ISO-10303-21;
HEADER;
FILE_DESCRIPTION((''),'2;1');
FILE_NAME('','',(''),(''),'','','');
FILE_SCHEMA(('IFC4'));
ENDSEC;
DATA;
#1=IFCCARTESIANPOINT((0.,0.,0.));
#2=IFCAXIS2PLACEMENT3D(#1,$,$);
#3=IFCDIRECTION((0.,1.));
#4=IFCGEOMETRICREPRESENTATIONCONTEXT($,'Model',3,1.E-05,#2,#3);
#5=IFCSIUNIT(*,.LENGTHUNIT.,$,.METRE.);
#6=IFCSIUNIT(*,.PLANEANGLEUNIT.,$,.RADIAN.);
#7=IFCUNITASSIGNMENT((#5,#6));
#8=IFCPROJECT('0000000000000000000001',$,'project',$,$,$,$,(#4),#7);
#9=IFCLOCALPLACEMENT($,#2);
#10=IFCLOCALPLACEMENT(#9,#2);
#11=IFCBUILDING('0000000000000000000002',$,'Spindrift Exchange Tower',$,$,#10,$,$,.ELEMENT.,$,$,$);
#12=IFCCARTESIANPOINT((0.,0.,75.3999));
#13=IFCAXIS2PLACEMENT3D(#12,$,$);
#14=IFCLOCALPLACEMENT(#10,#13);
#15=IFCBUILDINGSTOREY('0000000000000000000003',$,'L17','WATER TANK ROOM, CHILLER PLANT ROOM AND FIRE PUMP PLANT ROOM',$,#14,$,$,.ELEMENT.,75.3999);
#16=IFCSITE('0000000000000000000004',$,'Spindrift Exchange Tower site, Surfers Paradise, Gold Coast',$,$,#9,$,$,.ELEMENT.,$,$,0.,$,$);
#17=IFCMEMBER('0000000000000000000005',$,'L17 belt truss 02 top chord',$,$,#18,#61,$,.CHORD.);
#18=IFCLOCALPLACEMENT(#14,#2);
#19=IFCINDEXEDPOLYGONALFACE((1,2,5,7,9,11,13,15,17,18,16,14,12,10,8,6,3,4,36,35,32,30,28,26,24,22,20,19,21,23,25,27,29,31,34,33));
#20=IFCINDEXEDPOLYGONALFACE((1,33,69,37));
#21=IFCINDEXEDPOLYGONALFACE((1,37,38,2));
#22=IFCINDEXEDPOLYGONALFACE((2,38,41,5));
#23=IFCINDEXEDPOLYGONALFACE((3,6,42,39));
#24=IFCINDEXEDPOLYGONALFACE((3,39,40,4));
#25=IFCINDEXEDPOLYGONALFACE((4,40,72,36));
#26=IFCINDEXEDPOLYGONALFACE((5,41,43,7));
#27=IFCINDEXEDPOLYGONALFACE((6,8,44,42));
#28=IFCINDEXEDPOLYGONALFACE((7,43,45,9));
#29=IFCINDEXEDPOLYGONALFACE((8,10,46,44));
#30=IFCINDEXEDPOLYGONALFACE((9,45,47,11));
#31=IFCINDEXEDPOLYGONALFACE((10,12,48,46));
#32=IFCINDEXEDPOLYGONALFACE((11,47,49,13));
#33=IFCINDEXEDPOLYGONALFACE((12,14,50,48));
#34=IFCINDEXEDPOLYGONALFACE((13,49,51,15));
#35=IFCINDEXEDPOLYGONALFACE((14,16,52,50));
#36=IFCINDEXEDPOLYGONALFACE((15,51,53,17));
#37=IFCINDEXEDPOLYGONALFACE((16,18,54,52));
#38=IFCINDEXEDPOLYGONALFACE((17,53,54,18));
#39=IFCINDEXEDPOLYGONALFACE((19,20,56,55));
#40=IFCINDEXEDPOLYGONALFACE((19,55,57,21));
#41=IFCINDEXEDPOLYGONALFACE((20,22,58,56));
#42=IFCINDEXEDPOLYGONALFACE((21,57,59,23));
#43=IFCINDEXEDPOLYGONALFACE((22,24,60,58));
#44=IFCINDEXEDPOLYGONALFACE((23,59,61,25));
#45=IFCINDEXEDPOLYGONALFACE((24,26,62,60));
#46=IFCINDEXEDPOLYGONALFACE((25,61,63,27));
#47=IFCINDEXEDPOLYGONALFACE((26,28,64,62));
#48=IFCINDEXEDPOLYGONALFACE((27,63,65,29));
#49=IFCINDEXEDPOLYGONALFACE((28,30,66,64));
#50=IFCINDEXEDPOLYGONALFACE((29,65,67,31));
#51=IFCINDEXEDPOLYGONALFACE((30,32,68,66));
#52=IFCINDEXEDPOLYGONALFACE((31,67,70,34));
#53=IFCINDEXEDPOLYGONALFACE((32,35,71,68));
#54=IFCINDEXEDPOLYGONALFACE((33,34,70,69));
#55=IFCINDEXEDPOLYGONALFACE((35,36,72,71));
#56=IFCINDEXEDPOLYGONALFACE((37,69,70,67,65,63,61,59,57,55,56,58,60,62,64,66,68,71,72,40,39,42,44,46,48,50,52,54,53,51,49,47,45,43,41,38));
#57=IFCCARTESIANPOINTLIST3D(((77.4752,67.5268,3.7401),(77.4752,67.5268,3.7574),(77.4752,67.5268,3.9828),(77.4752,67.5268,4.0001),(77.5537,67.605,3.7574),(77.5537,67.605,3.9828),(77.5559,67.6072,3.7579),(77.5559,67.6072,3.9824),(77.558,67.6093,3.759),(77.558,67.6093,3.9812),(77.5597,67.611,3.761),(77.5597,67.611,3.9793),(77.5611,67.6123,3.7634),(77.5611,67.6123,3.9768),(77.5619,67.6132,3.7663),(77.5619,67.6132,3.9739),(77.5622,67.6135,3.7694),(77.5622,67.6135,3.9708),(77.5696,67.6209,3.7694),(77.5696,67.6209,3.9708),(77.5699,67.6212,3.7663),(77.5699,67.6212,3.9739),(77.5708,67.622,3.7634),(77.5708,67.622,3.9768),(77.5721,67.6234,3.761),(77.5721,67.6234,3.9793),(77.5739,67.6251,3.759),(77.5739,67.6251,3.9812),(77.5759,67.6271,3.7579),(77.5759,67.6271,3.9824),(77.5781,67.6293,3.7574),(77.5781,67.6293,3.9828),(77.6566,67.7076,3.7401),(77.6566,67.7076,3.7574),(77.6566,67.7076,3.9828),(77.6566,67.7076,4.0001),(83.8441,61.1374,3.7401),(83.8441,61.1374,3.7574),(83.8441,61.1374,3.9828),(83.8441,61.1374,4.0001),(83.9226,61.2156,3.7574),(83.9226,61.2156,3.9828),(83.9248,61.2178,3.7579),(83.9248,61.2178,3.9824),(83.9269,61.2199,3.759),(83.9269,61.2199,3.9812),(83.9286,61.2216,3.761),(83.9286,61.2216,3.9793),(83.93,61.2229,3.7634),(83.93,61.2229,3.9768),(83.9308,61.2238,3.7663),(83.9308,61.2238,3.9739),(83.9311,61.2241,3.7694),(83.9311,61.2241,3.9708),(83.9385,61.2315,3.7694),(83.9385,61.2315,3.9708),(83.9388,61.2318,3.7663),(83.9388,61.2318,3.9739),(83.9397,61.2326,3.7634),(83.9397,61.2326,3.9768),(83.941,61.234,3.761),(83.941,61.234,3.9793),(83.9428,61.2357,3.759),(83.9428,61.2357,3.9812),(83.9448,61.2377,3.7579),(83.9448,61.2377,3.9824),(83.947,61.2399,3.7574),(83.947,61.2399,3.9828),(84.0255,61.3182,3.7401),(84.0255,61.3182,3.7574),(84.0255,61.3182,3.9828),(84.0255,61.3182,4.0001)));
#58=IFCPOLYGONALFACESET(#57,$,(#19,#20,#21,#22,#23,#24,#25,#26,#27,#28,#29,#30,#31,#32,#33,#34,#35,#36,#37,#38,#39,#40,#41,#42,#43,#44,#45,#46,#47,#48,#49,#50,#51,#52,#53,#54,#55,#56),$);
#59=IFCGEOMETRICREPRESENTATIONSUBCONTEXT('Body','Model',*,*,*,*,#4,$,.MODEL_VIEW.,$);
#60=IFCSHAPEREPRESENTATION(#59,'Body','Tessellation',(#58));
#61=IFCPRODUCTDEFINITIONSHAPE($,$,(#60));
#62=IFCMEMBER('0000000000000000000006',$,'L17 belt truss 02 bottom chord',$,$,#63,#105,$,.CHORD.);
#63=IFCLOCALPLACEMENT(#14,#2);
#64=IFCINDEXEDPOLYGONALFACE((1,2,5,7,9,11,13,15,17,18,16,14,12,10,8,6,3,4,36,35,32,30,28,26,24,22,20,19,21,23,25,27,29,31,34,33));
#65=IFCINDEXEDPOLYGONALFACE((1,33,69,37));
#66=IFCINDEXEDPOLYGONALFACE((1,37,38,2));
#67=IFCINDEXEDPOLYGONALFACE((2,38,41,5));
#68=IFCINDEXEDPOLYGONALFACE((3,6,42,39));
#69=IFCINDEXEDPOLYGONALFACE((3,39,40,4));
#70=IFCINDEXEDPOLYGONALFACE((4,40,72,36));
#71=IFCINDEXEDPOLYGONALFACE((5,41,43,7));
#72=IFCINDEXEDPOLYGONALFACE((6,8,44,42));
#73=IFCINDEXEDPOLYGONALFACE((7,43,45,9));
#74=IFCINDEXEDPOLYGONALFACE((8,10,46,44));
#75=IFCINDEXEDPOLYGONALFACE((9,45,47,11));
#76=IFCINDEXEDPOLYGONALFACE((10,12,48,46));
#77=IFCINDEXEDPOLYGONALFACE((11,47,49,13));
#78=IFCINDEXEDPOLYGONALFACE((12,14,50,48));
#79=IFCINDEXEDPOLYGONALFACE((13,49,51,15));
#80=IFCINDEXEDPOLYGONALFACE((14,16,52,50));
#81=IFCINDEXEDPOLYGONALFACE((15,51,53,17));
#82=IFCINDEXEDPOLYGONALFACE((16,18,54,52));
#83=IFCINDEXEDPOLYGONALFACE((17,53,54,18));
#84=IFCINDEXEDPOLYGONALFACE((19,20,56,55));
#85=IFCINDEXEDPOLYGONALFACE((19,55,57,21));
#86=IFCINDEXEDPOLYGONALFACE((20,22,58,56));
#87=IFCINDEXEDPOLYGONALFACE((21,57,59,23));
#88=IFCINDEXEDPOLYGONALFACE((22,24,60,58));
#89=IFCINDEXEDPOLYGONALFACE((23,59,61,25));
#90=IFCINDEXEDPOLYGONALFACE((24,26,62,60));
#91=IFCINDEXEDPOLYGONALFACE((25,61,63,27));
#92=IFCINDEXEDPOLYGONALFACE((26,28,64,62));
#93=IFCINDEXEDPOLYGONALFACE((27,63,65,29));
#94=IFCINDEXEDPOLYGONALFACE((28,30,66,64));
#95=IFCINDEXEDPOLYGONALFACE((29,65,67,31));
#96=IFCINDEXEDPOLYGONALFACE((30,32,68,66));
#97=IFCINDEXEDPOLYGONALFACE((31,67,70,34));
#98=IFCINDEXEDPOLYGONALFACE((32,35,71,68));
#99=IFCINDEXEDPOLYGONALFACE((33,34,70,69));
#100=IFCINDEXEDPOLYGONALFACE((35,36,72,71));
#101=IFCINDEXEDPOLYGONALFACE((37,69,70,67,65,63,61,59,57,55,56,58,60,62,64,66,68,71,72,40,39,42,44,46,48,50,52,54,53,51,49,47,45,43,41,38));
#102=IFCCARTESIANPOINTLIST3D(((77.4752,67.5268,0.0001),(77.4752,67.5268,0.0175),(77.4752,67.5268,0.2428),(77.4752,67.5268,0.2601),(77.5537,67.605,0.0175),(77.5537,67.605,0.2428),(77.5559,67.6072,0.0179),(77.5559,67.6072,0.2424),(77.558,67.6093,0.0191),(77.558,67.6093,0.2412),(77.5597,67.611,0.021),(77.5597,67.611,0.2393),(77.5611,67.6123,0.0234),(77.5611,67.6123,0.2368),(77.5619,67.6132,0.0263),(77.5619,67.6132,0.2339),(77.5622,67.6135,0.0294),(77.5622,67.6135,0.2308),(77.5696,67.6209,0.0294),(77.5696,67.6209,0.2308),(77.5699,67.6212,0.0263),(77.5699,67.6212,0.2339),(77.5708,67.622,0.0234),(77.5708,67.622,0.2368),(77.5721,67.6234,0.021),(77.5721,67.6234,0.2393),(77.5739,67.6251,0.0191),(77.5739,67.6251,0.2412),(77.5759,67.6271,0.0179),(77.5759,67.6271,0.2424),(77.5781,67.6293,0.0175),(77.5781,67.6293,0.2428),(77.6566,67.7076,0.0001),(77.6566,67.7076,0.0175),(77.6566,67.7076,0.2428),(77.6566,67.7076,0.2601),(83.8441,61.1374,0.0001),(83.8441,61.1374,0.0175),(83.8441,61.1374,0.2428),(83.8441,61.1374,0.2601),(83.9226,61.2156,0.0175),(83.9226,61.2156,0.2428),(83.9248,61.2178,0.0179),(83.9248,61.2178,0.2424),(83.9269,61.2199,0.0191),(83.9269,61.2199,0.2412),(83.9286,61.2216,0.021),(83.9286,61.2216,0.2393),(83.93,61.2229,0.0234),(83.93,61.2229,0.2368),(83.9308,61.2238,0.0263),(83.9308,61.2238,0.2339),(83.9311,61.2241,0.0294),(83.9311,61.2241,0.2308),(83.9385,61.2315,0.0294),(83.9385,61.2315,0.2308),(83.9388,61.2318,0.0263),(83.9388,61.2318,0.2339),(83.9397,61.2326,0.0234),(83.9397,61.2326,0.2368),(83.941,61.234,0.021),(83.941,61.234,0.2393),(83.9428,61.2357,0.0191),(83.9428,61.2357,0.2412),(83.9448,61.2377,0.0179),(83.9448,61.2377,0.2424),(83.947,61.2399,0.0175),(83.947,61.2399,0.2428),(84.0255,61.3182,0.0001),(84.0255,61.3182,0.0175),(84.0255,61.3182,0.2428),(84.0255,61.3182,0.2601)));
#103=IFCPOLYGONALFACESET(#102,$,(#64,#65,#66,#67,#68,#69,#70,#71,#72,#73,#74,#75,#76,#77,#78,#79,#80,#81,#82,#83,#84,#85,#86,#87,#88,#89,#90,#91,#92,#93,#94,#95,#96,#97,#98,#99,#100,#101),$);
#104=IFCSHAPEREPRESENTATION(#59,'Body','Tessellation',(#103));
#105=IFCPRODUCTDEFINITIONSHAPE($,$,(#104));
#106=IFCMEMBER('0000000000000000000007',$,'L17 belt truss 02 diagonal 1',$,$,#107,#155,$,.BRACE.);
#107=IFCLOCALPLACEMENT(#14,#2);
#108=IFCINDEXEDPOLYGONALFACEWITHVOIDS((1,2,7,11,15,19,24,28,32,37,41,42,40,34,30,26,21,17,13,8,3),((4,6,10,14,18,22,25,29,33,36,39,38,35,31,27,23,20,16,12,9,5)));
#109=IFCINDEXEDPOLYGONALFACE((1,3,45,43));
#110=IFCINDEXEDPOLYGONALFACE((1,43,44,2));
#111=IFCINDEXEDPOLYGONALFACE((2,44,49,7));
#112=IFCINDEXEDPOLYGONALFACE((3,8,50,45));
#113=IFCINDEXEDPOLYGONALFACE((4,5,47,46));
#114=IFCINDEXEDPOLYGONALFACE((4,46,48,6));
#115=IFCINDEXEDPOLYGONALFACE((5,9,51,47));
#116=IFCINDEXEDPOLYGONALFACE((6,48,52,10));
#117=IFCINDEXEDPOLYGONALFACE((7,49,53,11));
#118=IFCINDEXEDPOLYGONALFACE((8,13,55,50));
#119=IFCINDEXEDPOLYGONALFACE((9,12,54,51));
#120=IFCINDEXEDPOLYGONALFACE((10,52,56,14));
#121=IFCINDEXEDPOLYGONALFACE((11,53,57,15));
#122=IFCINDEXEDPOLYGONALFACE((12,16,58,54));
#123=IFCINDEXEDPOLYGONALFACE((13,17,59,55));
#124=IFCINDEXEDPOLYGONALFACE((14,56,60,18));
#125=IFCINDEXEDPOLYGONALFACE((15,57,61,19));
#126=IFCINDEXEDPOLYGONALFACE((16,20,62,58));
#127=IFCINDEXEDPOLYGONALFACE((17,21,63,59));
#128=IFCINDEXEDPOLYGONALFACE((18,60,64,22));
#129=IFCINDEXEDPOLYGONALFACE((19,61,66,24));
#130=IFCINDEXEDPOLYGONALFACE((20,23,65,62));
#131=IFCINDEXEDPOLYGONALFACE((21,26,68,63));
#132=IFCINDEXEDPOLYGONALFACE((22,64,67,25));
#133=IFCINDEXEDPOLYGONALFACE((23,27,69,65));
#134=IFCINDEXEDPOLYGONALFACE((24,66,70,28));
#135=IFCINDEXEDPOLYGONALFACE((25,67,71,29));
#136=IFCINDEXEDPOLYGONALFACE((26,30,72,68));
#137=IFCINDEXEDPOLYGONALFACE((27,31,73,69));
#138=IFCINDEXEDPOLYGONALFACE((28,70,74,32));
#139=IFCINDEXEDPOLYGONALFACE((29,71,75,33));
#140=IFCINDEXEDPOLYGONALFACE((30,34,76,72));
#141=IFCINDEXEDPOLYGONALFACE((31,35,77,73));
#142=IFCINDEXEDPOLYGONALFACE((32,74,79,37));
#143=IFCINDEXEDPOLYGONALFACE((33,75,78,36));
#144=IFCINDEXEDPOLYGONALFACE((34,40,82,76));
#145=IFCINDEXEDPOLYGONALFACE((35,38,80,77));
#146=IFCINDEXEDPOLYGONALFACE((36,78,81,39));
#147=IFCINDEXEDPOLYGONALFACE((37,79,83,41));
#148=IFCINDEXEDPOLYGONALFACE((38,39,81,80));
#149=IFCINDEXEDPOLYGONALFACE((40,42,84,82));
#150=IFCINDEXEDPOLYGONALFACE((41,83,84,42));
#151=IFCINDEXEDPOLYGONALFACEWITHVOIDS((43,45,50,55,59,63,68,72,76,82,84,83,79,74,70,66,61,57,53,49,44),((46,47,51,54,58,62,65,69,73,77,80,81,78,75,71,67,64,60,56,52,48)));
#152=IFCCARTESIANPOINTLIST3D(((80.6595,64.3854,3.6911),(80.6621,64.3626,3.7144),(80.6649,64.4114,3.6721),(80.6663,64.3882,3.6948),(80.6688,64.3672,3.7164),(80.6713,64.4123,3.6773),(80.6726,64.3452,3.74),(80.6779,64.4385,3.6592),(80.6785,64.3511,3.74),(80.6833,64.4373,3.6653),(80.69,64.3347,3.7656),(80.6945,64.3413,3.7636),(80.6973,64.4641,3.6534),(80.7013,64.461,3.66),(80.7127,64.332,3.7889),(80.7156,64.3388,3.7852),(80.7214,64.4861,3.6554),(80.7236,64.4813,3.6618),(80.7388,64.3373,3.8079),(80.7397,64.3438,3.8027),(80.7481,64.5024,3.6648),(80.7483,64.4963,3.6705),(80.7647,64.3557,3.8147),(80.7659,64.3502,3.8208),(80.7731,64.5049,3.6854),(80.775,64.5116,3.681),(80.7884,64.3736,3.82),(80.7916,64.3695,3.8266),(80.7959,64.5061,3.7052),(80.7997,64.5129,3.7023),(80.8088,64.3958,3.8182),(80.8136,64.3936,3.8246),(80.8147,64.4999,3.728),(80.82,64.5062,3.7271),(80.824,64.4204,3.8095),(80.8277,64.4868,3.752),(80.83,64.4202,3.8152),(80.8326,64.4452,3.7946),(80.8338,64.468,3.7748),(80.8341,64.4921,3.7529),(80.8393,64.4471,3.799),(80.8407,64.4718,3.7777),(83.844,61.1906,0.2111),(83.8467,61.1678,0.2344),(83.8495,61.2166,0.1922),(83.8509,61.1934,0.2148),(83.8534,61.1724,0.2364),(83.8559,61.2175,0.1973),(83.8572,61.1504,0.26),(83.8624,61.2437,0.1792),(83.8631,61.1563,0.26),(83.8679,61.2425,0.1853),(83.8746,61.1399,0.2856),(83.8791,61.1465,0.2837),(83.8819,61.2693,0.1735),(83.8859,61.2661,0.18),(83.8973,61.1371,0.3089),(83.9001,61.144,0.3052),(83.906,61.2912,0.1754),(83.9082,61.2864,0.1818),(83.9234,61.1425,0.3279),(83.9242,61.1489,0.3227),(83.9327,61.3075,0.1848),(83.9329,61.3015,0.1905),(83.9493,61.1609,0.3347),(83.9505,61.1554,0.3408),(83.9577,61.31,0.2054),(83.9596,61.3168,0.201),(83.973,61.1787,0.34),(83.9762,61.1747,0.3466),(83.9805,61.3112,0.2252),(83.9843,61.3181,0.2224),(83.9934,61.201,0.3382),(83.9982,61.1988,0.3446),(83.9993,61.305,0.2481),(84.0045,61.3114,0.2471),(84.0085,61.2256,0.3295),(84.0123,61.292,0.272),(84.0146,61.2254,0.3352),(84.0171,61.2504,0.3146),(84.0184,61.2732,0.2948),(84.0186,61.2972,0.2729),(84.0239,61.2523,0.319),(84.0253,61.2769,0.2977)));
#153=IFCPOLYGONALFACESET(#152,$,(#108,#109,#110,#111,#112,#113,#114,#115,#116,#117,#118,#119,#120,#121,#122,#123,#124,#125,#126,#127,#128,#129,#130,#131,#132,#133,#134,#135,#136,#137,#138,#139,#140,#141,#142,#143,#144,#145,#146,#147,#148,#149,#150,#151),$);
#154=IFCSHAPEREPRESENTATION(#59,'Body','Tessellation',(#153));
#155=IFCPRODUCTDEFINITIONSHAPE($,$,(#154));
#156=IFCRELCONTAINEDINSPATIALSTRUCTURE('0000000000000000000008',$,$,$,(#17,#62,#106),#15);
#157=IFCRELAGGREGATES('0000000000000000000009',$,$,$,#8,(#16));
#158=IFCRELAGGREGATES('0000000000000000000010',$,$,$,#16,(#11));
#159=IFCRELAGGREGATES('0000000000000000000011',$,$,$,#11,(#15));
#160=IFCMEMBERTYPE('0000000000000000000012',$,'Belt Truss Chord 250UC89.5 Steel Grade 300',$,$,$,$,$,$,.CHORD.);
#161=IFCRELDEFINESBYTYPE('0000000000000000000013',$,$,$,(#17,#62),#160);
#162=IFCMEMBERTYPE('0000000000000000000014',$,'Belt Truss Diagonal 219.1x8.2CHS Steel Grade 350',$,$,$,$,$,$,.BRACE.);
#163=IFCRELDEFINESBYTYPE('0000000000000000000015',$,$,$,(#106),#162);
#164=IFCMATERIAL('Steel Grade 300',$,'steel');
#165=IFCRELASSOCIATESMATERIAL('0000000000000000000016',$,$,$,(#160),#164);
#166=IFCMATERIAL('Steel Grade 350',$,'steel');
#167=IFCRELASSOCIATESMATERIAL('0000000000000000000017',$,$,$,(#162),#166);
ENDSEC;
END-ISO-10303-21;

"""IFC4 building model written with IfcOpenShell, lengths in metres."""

from ifc_helpers import new_model, si_unit, direction, frame, origin, origin_2d, place, context, subcontext, project, spatial, hollow_circle, i_section, extrude, source, transform, mapped, material, material_profile, profile_set, type_object, element, save


model = new_model("IFC4")

# Units and contexts
model_context = context("Model", 3, precision=1e-05, world=origin(), true_north=direction((0.0, 1.0)))
body_context = subcontext(model_context, "Body", "Model", "MODEL_VIEW")
ifc_project = project(units=[si_unit("LENGTHUNIT", "METRE"), si_unit("PLANEANGLEUNIT", "RADIAN")], contexts=[model_context])

# Site, building, storey
site_placement = place(None, origin())
site = spatial("IfcSite", under=ifc_project, at=site_placement, Name="Spindrift Exchange Tower site, Surfers Paradise, Gold Coast", CompositionType="ELEMENT", RefElevation=0.0)
building_placement = place(site_placement, origin())
building = spatial("IfcBuilding", under=site, at=building_placement, Name="Spindrift Exchange Tower", CompositionType="ELEMENT")
storey_placement = place(building_placement, frame((0.0, 0.0, 75.3999)))
storey = spatial("IfcBuildingStorey", under=building, at=storey_placement, Name="L17", Description="WATER TANK ROOM, CHILLER PLANT ROOM AND FIRE PUMP PLANT ROOM", CompositionType="ELEMENT", Elevation=75.3999)

# Shared definitions
ifc_material_1 = material(Name="Steel Grade 300", Category="steel")

# Members
ifc_material_profile_1 = material_profile(ifc_material_1, i_section(OverallWidth=0.2561, OverallDepth=0.26, WebThickness=0.0105, FlangeThickness=0.0173, FilletRadius=0.012, at=origin_2d()), Name="250UC89.5")
ifc_profile_set_1 = profile_set([ifc_material_profile_1], Name="Steel Grade 300")
member_type_1 = type_object("IfcMemberType", Name="Belt Truss Chord 250UC89.5 Steel Grade 300", PredefinedType="CHORD", material=ifc_profile_set_1)
shared_shape_1 = source(origin(), body_context, "Body", "SweptSolid", [
    extrude(i_section(OverallWidth=0.2561, OverallDepth=0.26, WebThickness=0.0105, FlangeThickness=0.0173, FilletRadius=0.012, at=origin_2d()), origin(), (0.0, 0.0, 1.0), 9.0215),
])
for number, where, z_axis, x_axis, name in (
    (1, (83.9348, 61.2278, 3.8701), (-0.705969, 0.708242, 0.0), (-0.708242, -0.705969, 0.0), "L17 belt truss 02 top chord"),
    (2, (83.9348, 61.2278, 0.1301), (-0.705969, 0.708242, 0.0), (-0.708242, -0.705969, 0.0), "L17 belt truss 02 bottom chord"),
):
    element("IfcMember", number, at=place(storey_placement, frame(where, z_axis=z_axis, x_axis=x_axis)), inside=storey, type_object=member_type_1, Name=name, PredefinedType="CHORD", context=body_context, shape_type="MappedRepresentation", body=[
        mapped(shared_shape_1, transform((0.0, 0.0, 0.0), scale=1.0)),
    ])
ifc_material_2 = material(Name="Steel Grade 350", Category="steel")
ifc_material_profile_2 = material_profile(ifc_material_2, hollow_circle(Radius=0.1096, WallThickness=0.0083, at=origin_2d()), Name="219.1x8.2CHS")
ifc_profile_set_2 = profile_set([ifc_material_profile_2], Name="Steel Grade 350")
member_type_2 = type_object("IfcMemberType", Name="Belt Truss Diagonal 219.1x8.2CHS Steel Grade 350", PredefinedType="BRACE", material=ifc_profile_set_2)
shared_shape_2 = source(origin(), body_context, "Body", "SweptSolid", [
    extrude(hollow_circle(Radius=0.1096, WallThickness=0.0083, at=origin_2d()), origin(), (0.0, 0.0, 1.0), 5.6973),
])
member_1_placement = place(storey_placement, frame((83.9348, 61.2278, 0.26), z_axis=(-0.558966, 0.560766, 0.610818), x_axis=(-0.708242, -0.705969, 0.0)))
element("IfcMember", 3, at=member_1_placement, inside=storey, type_object=member_type_2, Name="L17 belt truss 02 diagonal 1", PredefinedType="BRACE", context=body_context, shape_type="MappedRepresentation", body=[
    mapped(shared_shape_2, transform((0.0, 0.0, 0.0), scale=1.0)),
])

save(model, "model.ifc")
